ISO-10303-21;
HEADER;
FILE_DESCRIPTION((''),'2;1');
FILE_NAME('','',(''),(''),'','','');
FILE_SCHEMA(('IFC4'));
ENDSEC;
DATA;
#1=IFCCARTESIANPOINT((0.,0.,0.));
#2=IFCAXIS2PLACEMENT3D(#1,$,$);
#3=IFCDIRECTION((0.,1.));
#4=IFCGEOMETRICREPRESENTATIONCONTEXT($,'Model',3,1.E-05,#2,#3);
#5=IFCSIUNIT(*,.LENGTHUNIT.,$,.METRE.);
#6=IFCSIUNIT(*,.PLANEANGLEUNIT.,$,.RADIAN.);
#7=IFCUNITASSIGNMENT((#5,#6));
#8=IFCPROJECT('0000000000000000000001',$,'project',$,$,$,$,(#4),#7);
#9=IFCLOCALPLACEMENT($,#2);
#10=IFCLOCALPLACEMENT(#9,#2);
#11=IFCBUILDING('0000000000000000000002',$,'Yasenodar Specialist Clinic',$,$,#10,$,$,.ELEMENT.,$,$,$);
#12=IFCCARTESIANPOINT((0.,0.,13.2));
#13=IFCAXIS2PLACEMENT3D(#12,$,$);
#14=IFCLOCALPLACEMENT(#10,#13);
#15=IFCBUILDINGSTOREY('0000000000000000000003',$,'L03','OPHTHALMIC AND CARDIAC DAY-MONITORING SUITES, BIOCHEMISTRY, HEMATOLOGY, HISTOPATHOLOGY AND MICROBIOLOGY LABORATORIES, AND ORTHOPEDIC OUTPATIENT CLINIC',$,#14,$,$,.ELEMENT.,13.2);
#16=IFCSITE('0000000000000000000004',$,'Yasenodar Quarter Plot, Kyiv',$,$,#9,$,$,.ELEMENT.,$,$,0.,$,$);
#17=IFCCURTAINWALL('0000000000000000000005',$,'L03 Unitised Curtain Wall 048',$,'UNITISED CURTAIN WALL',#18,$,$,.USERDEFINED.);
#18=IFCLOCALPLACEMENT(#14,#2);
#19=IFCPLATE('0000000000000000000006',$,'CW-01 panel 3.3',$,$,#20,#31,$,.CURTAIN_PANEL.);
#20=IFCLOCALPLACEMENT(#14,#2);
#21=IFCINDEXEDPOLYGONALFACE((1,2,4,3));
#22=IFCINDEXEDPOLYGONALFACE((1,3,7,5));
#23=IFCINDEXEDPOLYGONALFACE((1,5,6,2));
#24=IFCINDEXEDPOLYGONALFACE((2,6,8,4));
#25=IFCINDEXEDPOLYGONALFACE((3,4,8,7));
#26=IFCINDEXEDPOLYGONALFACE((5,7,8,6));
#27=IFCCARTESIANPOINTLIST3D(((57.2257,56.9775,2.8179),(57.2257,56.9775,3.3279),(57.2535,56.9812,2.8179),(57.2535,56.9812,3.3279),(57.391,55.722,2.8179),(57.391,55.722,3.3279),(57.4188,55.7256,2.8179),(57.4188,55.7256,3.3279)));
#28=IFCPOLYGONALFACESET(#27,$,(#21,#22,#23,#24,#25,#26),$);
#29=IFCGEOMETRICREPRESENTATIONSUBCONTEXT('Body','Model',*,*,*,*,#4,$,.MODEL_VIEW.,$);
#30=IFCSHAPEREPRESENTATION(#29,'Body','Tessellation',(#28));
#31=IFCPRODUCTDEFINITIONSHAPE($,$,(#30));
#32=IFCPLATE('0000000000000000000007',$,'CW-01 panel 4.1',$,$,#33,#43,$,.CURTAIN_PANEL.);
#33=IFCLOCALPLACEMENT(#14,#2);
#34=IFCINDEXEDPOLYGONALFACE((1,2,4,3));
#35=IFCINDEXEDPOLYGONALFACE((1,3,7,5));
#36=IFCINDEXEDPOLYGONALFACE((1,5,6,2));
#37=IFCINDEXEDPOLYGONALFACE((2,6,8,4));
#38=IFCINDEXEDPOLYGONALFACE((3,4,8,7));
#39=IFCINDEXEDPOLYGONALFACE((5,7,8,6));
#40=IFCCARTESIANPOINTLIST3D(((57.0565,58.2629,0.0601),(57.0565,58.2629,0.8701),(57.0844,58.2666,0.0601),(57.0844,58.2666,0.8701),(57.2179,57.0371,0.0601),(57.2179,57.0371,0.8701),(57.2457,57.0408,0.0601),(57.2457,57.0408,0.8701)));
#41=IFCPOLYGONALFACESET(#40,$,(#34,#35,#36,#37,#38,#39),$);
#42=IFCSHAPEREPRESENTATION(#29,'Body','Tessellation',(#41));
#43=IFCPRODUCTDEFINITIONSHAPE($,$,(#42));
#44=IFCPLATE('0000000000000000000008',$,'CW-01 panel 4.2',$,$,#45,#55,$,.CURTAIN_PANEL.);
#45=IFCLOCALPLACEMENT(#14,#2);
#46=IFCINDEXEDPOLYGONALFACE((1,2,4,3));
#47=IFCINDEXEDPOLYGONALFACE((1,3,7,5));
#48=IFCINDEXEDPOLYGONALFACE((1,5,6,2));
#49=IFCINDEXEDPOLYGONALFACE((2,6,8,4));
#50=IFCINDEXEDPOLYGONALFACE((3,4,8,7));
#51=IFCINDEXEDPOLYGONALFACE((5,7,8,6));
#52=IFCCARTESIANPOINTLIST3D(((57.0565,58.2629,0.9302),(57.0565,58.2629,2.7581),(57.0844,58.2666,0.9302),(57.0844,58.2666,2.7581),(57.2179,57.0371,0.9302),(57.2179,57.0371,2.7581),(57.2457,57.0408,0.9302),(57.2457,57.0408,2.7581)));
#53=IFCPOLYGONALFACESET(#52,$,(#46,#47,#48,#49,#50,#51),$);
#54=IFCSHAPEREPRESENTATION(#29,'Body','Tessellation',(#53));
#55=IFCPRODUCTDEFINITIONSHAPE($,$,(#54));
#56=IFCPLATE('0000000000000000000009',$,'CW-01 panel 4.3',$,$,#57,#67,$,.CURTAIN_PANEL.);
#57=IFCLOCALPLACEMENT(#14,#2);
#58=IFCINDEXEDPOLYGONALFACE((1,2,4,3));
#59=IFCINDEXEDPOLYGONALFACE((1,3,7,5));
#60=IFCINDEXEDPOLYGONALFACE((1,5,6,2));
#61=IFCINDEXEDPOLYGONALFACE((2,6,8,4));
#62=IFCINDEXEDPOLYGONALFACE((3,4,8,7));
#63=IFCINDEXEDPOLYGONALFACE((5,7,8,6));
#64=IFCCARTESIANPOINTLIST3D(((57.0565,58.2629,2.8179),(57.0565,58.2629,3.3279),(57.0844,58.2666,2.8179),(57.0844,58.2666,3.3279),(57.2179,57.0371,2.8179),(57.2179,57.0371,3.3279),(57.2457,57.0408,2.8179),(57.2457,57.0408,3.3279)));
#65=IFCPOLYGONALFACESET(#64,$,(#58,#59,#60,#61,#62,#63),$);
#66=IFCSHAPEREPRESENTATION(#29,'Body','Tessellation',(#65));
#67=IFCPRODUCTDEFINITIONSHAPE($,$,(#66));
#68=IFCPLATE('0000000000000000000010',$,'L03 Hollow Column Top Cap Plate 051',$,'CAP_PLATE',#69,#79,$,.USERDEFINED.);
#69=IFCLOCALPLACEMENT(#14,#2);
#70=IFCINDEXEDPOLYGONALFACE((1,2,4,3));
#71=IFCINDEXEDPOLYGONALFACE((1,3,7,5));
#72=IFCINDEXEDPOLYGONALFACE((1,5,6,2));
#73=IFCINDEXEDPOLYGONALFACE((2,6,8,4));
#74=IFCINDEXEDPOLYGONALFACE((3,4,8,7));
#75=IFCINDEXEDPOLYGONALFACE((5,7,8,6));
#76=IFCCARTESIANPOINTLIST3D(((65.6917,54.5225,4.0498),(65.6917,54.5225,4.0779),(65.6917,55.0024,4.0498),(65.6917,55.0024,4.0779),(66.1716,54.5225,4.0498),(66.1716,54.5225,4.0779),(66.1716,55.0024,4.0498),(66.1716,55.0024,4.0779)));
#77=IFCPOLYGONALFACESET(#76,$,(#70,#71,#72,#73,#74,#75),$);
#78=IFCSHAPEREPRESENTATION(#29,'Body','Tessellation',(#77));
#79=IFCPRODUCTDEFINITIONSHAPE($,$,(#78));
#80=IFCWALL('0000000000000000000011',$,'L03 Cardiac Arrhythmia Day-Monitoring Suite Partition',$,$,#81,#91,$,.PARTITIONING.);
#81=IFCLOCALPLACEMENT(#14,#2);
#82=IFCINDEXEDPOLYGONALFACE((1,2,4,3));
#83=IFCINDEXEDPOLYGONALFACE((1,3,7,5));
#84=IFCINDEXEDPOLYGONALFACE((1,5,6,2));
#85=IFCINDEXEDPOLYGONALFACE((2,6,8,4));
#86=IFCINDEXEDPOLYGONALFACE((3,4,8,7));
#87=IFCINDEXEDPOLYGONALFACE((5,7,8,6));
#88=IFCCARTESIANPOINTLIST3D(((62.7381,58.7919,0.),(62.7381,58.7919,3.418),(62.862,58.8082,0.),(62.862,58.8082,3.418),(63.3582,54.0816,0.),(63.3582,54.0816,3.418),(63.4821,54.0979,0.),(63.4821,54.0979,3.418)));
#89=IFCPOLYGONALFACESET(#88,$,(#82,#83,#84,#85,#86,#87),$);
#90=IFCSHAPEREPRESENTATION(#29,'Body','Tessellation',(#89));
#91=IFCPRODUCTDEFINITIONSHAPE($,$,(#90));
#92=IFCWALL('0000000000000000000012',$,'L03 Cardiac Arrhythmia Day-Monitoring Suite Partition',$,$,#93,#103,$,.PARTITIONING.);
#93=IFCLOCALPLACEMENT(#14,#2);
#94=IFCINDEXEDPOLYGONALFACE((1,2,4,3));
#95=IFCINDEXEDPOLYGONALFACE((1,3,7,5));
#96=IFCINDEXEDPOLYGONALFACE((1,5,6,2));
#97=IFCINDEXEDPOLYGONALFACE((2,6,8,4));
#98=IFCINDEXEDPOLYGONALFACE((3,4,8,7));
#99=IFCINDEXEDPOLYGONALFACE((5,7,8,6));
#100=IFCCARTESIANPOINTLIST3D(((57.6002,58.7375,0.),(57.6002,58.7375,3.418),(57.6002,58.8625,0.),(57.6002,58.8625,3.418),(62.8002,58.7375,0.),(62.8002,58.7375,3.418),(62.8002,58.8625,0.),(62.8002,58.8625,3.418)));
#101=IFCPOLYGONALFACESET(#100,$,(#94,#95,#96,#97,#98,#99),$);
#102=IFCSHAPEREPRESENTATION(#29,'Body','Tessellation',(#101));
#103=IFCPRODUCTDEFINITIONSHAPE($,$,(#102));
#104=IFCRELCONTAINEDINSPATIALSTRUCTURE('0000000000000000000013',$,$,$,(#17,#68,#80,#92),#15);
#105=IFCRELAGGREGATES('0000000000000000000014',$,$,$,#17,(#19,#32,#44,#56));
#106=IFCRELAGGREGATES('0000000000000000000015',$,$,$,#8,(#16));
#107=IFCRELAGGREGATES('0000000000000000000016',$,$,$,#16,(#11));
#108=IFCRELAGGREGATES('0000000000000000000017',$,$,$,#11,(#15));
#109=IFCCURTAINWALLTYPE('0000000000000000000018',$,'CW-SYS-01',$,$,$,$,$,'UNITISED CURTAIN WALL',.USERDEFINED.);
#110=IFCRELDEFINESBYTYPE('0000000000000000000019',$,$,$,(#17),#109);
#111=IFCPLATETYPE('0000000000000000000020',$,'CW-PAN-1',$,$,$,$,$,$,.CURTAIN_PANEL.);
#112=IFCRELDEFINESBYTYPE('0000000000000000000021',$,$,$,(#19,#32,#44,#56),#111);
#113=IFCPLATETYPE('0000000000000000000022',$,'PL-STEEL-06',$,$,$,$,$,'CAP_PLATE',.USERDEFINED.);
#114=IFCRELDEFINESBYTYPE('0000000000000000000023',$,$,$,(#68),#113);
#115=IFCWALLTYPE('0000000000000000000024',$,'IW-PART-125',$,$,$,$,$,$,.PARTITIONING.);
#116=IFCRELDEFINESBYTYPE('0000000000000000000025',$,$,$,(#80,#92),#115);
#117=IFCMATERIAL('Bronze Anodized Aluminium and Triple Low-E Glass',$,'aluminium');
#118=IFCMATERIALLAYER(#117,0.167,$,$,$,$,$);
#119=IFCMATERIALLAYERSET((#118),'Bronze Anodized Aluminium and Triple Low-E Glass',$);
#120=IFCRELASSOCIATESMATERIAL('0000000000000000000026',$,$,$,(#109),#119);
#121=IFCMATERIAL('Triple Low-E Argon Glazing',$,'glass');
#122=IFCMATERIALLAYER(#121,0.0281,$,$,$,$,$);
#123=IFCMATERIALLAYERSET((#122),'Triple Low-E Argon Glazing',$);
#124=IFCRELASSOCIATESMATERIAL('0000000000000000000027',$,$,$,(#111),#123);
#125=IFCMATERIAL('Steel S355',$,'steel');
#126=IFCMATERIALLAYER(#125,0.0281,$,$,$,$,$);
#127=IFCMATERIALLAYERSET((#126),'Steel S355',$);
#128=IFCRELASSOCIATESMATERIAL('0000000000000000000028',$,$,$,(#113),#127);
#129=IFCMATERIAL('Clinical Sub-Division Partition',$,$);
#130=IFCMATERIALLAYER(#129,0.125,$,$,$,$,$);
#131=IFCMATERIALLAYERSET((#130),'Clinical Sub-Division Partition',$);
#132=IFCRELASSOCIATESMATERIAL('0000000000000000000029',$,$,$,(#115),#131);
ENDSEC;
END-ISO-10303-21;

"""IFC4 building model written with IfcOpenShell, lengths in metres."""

from ifc_helpers import new_model, si_unit, direction, frame, frame_2d, origin, origin_2d, place, context, subcontext, project, spatial, rectangle, extrude, material, layer, layer_set, type_object, element, aggregate, save


model = new_model("IFC4")

# Units and contexts
model_context = context("Model", 3, precision=1e-05, world=origin(), true_north=direction((0.0, 1.0)))
body_context = subcontext(model_context, "Body", "Model", "MODEL_VIEW")
ifc_project = project(units=[si_unit("LENGTHUNIT", "METRE"), si_unit("PLANEANGLEUNIT", "RADIAN")], contexts=[model_context])

# Site, building, storey
site_placement = place(None, origin())
site = spatial("IfcSite", under=ifc_project, at=site_placement, Name="Yasenodar Quarter Plot, Kyiv", CompositionType="ELEMENT", RefElevation=0.0)
building_placement = place(site_placement, origin())
building = spatial("IfcBuilding", under=site, at=building_placement, Name="Yasenodar Specialist Clinic", CompositionType="ELEMENT")
storey_placement = place(building_placement, frame((0.0, 0.0, 13.2)))
storey = spatial("IfcBuildingStorey", under=building, at=storey_placement, Name="L03", Description="OPHTHALMIC AND CARDIAC DAY-MONITORING SUITES, BIOCHEMISTRY, HEMATOLOGY, HISTOPATHOLOGY AND MICROBIOLOGY LABORATORIES, AND ORTHOPEDIC OUTPATIENT CLINIC", CompositionType="ELEMENT", Elevation=13.2)

# Shared definitions
ifc_material_1 = material(Name="Steel S355", Category="steel")

# Curtain wall, plates
ifc_material_2 = material(Name="Bronze Anodized Aluminium and Triple Low-E Glass", Category="aluminium")
ifc_layer_1 = layer(ifc_material_2, 0.167)
ifc_layer_set_1 = layer_set([ifc_layer_1], Name="Bronze Anodized Aluminium and Triple Low-E Glass")
curtain_wall_type = type_object("IfcCurtainWallType", Name="CW-SYS-01", ElementType="UNITISED CURTAIN WALL", PredefinedType="USERDEFINED", material=ifc_layer_set_1)
curtain_wall_placement = place(storey_placement, origin())
curtain_wall = element("IfcCurtainWall", 1, at=curtain_wall_placement, inside=storey, type_object=curtain_wall_type, Name="L03 Unitised Curtain Wall 048", ObjectType="UNITISED CURTAIN WALL", PredefinedType="USERDEFINED")
ifc_material_3 = material(Name="Triple Low-E Argon Glazing", Category="glass")
ifc_layer_2 = layer(ifc_material_3, 0.0281)
ifc_layer_set_2 = layer_set([ifc_layer_2], Name="Triple Low-E Argon Glazing")
plate_type_1 = type_object("IfcPlateType", Name="CW-PAN-1", PredefinedType="CURTAIN_PANEL", material=ifc_layer_set_2)
plate_1_placement = place(storey_placement, frame((57.3223, 56.3516, 2.8179), z_axis=(0.0, 0.0, 1.0), x_axis=(-0.130512, 0.991447, 0.0)))
plate_1 = element("IfcPlate", 2, at=plate_1_placement, type_object=plate_type_1, Name="CW-01 panel 3.3", PredefinedType="CURTAIN_PANEL", context=body_context, shape_type="SweptSolid", body=[
    extrude(rectangle(XDim=1.2664, YDim=0.0281, at=origin_2d()), origin(), (0.0, 0.0, 1.0), 0.51),
])
plate_2_placement = place(storey_placement, frame((57.1511, 57.6519, 0.0601), z_axis=(0.0, 0.0, 1.0), x_axis=(-0.130512, 0.991447, 0.0)))
plate_2 = element("IfcPlate", 3, at=plate_2_placement, type_object=plate_type_1, Name="CW-01 panel 4.1", PredefinedType="CURTAIN_PANEL", context=body_context, shape_type="SweptSolid", body=[
    extrude(rectangle(XDim=1.2363, YDim=0.0281, at=origin_2d()), origin(), (0.0, 0.0, 1.0), 0.8101),
])
plate_3_placement = place(storey_placement, frame((57.1511, 57.6519, 0.9302), z_axis=(0.0, 0.0, 1.0), x_axis=(-0.130512, 0.991447, 0.0)))
plate_3 = element("IfcPlate", 4, at=plate_3_placement, type_object=plate_type_1, Name="CW-01 panel 4.2", PredefinedType="CURTAIN_PANEL", context=body_context, shape_type="SweptSolid", body=[
    extrude(rectangle(XDim=1.2363, YDim=0.0281, at=origin_2d()), origin(), (0.0, 0.0, 1.0), 1.8279),
])
plate_4_placement = place(storey_placement, frame((57.1511, 57.6519, 2.8179), z_axis=(0.0, 0.0, 1.0), x_axis=(-0.130512, 0.991447, 0.0)))
plate_4 = element("IfcPlate", 5, at=plate_4_placement, type_object=plate_type_1, Name="CW-01 panel 4.3", PredefinedType="CURTAIN_PANEL", context=body_context, shape_type="SweptSolid", body=[
    extrude(rectangle(XDim=1.2363, YDim=0.0281, at=origin_2d()), origin(), (0.0, 0.0, 1.0), 0.51),
])
aggregate(curtain_wall, [plate_1, plate_2, plate_3, plate_4])

# Plate
ifc_layer_3 = layer(ifc_material_1, 0.0281)
ifc_layer_set_3 = layer_set([ifc_layer_3], Name="Steel S355")
plate_type_2 = type_object("IfcPlateType", Name="PL-STEEL-06", ElementType="CAP_PLATE", PredefinedType="USERDEFINED", material=ifc_layer_set_3)
plate_5_placement = place(storey_placement, frame((65.9316, 54.7625, 4.0498), z_axis=(0.0, 0.0, 1.0), x_axis=(1.0, 0.0, 0.0)))
element("IfcPlate", 6, at=plate_5_placement, inside=storey, type_object=plate_type_2, Name="L03 Hollow Column Top Cap Plate 051", ObjectType="CAP_PLATE", PredefinedType="USERDEFINED", context=body_context, shape_type="SweptSolid", body=[
    extrude(rectangle(XDim=0.48, YDim=0.48, at=origin_2d()), origin(), (0.0, 0.0, 1.0), 0.0281),
])

# Walls
ifc_material_4 = material(Name="Clinical Sub-Division Partition")
ifc_layer_4 = layer(ifc_material_4, 0.125)
ifc_layer_set_4 = layer_set([ifc_layer_4], Name="Clinical Sub-Division Partition")
wall_type = type_object("IfcWallType", Name="IW-PART-125", PredefinedType="PARTITIONING", material=ifc_layer_set_4)
wall_1_placement = place(storey_placement, frame((62.8, 58.8, 0.0), z_axis=(0.0, 0.0, 1.0), x_axis=(0.130521, -0.991446, 0.0)))
element("IfcWall", 7, at=wall_1_placement, inside=storey, type_object=wall_type, Name="L03 Cardiac Arrhythmia Day-Monitoring Suite Partition", PredefinedType="PARTITIONING", context=body_context, shape_type="SweptSolid", body=[
    extrude(rectangle(XDim=4.751, YDim=0.125, at=frame_2d((2.3755, 0.0))), origin(), (0.0, 0.0, 1.0), 3.418),
])
wall_2_placement = place(storey_placement, frame((57.6001, 58.8, 0.0), z_axis=(0.0, 0.0, 1.0), x_axis=(1.0, 0.0, 0.0)))
element("IfcWall", 8, at=wall_2_placement, inside=storey, type_object=wall_type, Name="L03 Cardiac Arrhythmia Day-Monitoring Suite Partition", PredefinedType="PARTITIONING", context=body_context, shape_type="SweptSolid", body=[
    extrude(rectangle(XDim=5.2, YDim=0.125, at=frame_2d((2.6001, 0.0))), origin(), (0.0, 0.0, 1.0), 3.418),
])

save(model, "model.ifc")
